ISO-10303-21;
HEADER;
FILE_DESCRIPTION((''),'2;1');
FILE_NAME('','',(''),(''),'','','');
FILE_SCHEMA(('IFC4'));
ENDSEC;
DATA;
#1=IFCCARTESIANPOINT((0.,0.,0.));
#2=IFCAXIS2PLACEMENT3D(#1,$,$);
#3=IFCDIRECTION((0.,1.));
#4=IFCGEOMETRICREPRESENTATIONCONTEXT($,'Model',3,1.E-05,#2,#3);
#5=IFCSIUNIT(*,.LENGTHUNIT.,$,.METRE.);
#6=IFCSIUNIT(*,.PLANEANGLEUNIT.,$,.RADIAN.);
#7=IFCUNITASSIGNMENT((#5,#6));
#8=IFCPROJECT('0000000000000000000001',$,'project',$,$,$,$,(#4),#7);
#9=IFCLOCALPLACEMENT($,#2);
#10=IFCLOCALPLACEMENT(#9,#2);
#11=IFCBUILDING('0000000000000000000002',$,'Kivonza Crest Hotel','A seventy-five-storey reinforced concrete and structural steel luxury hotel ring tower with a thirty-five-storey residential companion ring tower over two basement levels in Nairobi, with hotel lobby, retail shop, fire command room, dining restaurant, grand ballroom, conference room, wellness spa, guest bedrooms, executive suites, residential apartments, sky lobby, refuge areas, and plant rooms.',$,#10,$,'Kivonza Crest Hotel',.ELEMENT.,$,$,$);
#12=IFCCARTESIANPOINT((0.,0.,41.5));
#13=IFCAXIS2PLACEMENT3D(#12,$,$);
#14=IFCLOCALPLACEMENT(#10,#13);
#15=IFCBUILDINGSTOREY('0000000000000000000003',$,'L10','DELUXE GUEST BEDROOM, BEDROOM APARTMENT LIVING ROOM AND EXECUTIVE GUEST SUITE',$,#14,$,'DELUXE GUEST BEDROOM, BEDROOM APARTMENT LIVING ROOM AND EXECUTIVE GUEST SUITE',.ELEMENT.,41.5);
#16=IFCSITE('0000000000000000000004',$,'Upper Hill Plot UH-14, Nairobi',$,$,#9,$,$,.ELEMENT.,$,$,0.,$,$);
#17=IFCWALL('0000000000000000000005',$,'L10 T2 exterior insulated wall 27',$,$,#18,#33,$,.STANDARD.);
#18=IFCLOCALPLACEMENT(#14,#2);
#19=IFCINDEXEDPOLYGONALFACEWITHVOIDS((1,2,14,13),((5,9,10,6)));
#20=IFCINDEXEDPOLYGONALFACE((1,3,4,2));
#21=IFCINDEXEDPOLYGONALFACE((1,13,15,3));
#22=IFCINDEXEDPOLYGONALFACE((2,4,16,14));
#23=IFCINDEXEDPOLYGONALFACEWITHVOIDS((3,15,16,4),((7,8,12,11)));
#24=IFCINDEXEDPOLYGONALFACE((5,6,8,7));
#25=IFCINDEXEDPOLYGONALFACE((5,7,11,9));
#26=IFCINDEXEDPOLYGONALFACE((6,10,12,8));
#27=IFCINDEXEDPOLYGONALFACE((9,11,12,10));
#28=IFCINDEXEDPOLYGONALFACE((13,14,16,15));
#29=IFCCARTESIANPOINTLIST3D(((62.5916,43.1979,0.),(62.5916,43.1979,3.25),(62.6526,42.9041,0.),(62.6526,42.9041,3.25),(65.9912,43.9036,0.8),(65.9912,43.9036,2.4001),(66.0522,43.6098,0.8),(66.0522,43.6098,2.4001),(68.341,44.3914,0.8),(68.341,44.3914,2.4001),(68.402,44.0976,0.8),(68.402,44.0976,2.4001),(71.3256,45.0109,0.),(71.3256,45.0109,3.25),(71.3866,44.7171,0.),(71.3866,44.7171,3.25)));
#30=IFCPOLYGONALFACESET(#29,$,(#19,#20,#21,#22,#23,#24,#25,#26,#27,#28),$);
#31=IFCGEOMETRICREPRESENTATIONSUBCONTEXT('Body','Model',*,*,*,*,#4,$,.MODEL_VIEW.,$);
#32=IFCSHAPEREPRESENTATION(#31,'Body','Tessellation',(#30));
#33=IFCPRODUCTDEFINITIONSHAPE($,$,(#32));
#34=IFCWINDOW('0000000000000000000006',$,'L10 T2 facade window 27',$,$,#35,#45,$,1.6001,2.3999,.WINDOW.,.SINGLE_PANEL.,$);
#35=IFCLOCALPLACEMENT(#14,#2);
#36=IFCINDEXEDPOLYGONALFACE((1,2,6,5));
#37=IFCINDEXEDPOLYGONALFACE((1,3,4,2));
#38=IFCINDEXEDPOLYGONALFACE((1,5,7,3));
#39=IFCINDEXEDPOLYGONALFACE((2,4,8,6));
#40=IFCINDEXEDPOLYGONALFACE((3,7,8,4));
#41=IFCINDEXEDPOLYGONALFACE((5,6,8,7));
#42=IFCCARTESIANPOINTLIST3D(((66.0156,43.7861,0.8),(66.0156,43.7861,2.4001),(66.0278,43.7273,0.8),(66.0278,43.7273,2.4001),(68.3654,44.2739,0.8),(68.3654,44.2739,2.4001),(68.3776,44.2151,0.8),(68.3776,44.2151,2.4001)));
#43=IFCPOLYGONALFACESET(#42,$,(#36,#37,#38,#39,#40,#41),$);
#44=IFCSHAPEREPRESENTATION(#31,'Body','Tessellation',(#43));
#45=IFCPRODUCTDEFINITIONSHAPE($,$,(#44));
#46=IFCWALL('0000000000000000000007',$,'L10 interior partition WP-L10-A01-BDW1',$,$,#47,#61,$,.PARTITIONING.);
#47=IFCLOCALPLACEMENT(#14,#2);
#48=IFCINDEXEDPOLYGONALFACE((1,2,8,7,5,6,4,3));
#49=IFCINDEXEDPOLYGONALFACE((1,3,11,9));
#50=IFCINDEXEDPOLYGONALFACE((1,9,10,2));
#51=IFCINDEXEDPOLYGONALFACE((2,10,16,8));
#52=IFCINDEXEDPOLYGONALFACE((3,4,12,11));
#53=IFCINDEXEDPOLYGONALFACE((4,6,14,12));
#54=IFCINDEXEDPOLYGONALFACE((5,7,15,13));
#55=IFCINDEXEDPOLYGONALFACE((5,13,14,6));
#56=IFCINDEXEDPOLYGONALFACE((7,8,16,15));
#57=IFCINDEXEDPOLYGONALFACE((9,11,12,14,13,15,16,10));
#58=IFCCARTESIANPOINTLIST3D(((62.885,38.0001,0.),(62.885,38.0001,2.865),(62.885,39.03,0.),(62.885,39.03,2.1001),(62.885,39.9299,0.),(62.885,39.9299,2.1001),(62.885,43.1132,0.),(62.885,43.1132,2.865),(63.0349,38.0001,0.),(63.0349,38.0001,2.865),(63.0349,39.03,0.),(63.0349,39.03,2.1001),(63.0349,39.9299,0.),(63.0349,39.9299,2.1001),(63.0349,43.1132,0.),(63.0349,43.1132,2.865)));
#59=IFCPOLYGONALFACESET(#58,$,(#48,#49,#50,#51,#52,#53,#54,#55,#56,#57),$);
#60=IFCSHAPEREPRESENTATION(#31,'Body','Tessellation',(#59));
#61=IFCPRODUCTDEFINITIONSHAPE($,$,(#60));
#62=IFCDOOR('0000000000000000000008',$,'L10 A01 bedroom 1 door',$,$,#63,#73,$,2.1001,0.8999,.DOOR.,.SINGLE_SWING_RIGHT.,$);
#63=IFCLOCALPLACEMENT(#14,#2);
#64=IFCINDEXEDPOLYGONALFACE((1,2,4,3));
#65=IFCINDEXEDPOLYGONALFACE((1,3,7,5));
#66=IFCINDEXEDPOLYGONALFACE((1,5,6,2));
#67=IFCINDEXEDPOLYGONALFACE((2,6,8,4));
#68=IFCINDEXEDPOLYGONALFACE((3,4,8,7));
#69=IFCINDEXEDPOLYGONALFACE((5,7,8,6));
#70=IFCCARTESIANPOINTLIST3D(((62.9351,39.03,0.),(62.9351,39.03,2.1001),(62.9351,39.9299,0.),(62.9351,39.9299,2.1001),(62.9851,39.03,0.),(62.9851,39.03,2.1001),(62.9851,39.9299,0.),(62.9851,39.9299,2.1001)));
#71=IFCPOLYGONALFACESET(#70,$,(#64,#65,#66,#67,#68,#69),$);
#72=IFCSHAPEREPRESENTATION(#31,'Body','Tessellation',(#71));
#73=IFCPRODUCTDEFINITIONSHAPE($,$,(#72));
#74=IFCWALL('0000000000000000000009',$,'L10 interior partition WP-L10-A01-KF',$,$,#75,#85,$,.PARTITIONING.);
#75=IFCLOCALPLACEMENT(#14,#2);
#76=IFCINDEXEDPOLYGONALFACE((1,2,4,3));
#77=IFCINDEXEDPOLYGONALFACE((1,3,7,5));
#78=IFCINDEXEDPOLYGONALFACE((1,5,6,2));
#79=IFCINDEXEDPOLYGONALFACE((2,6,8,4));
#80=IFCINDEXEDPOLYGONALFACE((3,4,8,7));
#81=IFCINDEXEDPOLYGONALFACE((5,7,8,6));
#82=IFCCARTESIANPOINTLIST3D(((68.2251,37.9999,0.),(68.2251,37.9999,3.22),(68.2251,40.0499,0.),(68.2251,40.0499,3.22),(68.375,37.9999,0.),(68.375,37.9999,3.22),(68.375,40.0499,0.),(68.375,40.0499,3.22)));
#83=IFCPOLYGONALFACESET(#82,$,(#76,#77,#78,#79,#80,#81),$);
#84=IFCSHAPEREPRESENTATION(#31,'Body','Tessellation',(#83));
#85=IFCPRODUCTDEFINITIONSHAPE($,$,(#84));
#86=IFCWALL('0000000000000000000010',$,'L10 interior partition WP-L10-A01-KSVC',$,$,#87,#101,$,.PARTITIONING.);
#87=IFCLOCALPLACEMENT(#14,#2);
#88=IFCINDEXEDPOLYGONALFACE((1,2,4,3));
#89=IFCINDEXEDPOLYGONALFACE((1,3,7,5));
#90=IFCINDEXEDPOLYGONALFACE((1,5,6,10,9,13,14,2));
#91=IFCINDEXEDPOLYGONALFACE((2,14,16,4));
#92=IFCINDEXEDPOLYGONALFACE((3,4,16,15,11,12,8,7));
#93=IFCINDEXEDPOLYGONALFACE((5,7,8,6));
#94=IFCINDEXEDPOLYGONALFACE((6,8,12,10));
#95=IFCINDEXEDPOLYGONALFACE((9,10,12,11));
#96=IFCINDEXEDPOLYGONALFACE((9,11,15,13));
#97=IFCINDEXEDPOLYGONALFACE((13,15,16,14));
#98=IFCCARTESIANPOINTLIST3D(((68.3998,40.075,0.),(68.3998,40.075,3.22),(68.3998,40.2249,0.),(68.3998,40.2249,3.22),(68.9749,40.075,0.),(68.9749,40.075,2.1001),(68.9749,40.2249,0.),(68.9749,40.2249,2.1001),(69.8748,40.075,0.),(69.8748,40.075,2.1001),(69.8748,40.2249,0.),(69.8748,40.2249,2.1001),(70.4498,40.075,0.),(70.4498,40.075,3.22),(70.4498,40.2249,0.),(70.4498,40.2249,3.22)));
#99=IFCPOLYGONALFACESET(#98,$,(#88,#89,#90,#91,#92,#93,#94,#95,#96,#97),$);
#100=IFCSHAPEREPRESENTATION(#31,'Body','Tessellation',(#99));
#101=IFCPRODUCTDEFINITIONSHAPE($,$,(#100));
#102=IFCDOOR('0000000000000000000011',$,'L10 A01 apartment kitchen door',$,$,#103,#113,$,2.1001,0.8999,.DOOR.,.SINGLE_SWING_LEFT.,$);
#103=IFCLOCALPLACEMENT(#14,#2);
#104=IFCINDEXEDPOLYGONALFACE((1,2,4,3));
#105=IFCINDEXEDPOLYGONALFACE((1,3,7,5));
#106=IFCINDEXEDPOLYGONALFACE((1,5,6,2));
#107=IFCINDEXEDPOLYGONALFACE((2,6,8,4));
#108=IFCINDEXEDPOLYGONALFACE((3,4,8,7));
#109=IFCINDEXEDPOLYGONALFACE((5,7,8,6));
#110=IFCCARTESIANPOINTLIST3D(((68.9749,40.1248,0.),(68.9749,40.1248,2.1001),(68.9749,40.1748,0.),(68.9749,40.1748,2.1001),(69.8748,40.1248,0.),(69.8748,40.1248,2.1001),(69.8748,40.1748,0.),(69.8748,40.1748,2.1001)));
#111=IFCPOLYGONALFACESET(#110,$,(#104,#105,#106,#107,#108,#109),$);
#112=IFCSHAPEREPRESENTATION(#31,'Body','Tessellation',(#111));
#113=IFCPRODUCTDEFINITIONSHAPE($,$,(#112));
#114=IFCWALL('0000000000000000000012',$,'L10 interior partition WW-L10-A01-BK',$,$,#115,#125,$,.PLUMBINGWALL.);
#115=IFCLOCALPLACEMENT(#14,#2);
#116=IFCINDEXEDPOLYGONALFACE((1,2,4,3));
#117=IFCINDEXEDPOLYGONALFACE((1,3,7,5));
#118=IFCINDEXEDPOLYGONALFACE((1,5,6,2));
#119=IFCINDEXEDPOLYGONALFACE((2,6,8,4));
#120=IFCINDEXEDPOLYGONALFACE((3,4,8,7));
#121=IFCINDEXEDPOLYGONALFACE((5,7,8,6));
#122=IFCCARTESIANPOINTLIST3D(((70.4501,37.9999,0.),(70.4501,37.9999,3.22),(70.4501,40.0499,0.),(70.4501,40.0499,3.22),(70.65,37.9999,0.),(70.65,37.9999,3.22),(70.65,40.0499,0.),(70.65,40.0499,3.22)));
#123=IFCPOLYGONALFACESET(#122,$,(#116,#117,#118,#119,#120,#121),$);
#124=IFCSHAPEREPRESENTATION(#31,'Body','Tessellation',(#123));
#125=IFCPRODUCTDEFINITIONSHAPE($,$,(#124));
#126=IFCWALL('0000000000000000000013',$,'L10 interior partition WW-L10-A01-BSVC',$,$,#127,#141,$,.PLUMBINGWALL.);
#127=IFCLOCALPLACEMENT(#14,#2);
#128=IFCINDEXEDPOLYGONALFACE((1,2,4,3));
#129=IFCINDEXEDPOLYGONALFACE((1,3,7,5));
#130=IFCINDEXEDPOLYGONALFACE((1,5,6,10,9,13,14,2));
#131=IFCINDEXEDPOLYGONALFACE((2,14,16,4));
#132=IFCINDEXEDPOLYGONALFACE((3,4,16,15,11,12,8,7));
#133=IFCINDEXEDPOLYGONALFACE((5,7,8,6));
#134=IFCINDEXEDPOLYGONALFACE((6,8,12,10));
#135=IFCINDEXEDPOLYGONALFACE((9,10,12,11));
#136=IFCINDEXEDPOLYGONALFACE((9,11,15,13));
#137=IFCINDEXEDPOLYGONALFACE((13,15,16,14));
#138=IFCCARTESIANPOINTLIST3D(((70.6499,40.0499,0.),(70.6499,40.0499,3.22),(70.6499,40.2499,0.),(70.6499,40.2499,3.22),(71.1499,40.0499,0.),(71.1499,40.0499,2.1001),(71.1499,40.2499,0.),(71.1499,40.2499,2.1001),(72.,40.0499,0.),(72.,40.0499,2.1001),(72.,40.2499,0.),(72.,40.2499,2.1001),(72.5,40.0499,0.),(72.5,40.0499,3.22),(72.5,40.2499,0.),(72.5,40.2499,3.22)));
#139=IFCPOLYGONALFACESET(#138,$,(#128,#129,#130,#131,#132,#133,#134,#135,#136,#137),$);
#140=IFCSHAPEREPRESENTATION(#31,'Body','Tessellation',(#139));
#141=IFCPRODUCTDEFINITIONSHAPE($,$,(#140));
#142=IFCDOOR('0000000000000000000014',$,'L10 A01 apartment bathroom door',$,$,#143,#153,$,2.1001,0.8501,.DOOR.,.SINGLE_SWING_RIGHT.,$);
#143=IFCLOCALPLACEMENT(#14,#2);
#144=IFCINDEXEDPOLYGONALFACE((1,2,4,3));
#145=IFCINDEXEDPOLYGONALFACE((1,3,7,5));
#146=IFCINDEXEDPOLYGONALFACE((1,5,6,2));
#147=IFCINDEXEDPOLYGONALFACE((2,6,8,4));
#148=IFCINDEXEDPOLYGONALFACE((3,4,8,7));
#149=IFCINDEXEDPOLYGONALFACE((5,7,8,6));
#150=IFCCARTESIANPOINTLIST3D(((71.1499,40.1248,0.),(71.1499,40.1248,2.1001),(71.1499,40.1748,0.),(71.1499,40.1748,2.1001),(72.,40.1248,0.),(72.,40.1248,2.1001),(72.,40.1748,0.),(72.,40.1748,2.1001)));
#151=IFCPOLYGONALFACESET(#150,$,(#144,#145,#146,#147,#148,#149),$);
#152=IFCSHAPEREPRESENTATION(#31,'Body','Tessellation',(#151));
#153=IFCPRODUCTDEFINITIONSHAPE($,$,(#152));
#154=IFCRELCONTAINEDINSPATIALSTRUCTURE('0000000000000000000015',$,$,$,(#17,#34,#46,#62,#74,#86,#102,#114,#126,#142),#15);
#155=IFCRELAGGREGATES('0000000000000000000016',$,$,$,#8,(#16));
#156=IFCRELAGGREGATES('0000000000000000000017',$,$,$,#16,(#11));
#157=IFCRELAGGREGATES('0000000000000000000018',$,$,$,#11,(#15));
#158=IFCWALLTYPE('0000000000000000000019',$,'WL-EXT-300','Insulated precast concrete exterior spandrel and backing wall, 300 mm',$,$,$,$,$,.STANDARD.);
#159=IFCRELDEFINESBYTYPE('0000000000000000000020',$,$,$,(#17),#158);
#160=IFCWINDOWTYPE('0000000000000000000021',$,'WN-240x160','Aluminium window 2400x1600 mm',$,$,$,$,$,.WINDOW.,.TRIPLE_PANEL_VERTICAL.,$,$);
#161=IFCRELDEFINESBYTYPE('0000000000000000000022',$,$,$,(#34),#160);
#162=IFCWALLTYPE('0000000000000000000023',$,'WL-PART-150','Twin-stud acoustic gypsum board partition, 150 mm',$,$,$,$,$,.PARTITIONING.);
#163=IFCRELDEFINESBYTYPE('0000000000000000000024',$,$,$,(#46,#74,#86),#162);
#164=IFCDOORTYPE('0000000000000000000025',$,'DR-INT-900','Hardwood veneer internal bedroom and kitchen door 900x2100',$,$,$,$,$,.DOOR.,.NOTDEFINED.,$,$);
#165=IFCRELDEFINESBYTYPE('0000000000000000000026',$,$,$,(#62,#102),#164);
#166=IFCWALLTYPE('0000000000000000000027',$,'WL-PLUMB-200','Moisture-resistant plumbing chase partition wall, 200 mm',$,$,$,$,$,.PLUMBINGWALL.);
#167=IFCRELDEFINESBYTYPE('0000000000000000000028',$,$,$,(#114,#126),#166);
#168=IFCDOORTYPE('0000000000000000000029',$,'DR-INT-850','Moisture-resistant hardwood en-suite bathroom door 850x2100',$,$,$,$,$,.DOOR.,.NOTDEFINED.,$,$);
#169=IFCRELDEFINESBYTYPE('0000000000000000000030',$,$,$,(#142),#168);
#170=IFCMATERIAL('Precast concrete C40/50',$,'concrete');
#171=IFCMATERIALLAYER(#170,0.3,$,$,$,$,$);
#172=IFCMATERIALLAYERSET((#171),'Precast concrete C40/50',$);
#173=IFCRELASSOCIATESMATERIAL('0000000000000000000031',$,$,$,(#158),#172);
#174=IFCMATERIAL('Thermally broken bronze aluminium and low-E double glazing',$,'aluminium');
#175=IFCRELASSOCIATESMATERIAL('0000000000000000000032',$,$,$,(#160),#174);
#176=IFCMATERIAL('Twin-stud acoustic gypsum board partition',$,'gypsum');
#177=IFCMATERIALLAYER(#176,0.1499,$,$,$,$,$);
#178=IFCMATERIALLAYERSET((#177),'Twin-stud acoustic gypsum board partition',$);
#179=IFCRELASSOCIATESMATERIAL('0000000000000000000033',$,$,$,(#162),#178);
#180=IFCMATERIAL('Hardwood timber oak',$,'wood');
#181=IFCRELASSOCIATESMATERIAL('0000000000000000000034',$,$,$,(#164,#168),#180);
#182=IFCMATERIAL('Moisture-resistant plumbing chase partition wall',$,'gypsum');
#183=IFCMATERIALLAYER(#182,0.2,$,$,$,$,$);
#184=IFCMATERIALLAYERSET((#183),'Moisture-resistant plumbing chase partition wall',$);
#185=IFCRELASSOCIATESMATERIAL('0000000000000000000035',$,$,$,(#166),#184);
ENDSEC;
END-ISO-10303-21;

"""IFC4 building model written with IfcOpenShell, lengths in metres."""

from ifc_helpers import new_model, si_unit, direction, frame, frame_2d, origin, place, context, subcontext, project, spatial, rectangle, extrude, material, layer, layer_set, type_object, element, fill, save


model = new_model("IFC4")

# Units and contexts
model_context = context("Model", 3, precision=1e-05, world=origin(), true_north=direction((0.0, 1.0)))
body_context = subcontext(model_context, "Body", "Model", "MODEL_VIEW")
ifc_project = project(units=[si_unit("LENGTHUNIT", "METRE"), si_unit("PLANEANGLEUNIT", "RADIAN")], contexts=[model_context])

# Site, building, storey
site_placement = place(None, origin())
site = spatial("IfcSite", under=ifc_project, at=site_placement, Name="Upper Hill Plot UH-14, Nairobi", CompositionType="ELEMENT", RefElevation=0.0)
building_placement = place(site_placement, origin())
building = spatial("IfcBuilding", under=site, at=building_placement, Name="Kivonza Crest Hotel", Description="A seventy-five-storey reinforced concrete and structural steel luxury hotel ring tower with a thirty-five-storey residential companion ring tower over two basement levels in Nairobi, with hotel lobby, retail shop, fire command room, dining restaurant, grand ballroom, conference room, wellness spa, guest bedrooms, executive suites, residential apartments, sky lobby, refuge areas, and plant rooms.", LongName="Kivonza Crest Hotel", CompositionType="ELEMENT")
storey_placement = place(building_placement, frame((0.0, 0.0, 41.5)))
storey = spatial("IfcBuildingStorey", under=building, at=storey_placement, Name="L10", Description="DELUXE GUEST BEDROOM, BEDROOM APARTMENT LIVING ROOM AND EXECUTIVE GUEST SUITE", LongName="DELUXE GUEST BEDROOM, BEDROOM APARTMENT LIVING ROOM AND EXECUTIVE GUEST SUITE", CompositionType="ELEMENT", Elevation=41.5)

# Shared definitions
ifc_material_1 = material(Name="Hardwood timber oak", Category="wood")

# Wall, opening, window
ifc_material_2 = material(Name="Precast concrete C40/50", Category="concrete")
ifc_layer_1 = layer(ifc_material_2, 0.3)
ifc_layer_set_1 = layer_set([ifc_layer_1], Name="Precast concrete C40/50")
wall_type_1 = type_object("IfcWallType", Name="WL-EXT-300", Description="Insulated precast concrete exterior spandrel and backing wall, 300 mm", PredefinedType="STANDARD", material=ifc_layer_set_1)
wall_1_placement = place(storey_placement, frame((71.356, 44.864, 0.0), z_axis=(0.0, 0.0, 1.0), x_axis=(-0.979127, -0.203248, 0.0)))
wall_1 = element("IfcWall", 1, at=wall_1_placement, inside=storey, type_object=wall_type_1, Name="L10 T2 exterior insulated wall 27", PredefinedType="STANDARD", context=body_context, shape_type="SweptSolid", body=[
    extrude(rectangle(XDim=8.9202, YDim=0.3, at=frame_2d((4.46, 0.0))), origin(), (0.0, 0.0, 1.0), 3.25),
])
opening_1_placement = place(wall_1_placement, frame((3.0481, 0.0, 0.8)))
opening_1 = element("IfcOpeningElement", 2, at=opening_1_placement, cuts=wall_1, PredefinedType="OPENING", context=body_context, shape_type="SweptSolid", body=[
    extrude(rectangle(XDim=2.3999, YDim=1.6001, at=frame_2d((1.2, 0.8))), frame((0.0, 0.1602, 0.0), z_axis=(0.0, -1.0, 0.0), x_axis=(1.0, 0.0, 0.0)), (0.0, 0.0, 1.0), 0.3201),
])
ifc_material_3 = material(Name="Thermally broken bronze aluminium and low-E double glazing", Category="aluminium")
window_type = type_object("IfcWindowType", Name="WN-240x160", Description="Aluminium window 2400x1600 mm", PartitioningType="TRIPLE_PANEL_VERTICAL", PredefinedType="WINDOW", material=ifc_material_3)
window_placement = place(opening_1_placement, origin())
window = element("IfcWindow", 3, at=window_placement, inside=storey, type_object=window_type, Name="L10 T2 facade window 27", OverallHeight=1.6001, OverallWidth=2.3999, PartitioningType="SINGLE_PANEL", PredefinedType="WINDOW", context=body_context, shape_type="SweptSolid", body=[
    extrude(rectangle(XDim=2.3999, YDim=1.6001, at=frame_2d((1.2, 0.8))), frame((0.0, 0.03, 0.0), z_axis=(0.0, -1.0, 0.0), x_axis=(1.0, 0.0, 0.0)), (0.0, 0.0, 1.0), 0.0601),
])
fill(opening_1, window)

# Wall, opening, door
ifc_material_4 = material(Name="Twin-stud acoustic gypsum board partition", Category="gypsum")
ifc_layer_2 = layer(ifc_material_4, 0.1499)
ifc_layer_set_2 = layer_set([ifc_layer_2], Name="Twin-stud acoustic gypsum board partition")
wall_type_2 = type_object("IfcWallType", Name="WL-PART-150", Description="Twin-stud acoustic gypsum board partition, 150 mm", PredefinedType="PARTITIONING", material=ifc_layer_set_2)
wall_2_placement = place(storey_placement, frame((62.96, 38.0, 0.0), z_axis=(0.0, 0.0, 1.0), x_axis=(0.0, 1.0, 0.0)))
wall_2 = element("IfcWall", 4, at=wall_2_placement, inside=storey, type_object=wall_type_2, Name="L10 interior partition WP-L10-A01-BDW1", PredefinedType="PARTITIONING", context=body_context, shape_type="SweptSolid", body=[
    extrude(rectangle(XDim=5.113, YDim=0.1499, at=frame_2d((2.5566, 0.0))), origin(), (0.0, 0.0, 1.0), 2.865),
])
opening_2_placement = place(wall_2_placement, frame((1.03, 0.0, 0.0)))
opening_2 = element("IfcOpeningElement", 5, at=opening_2_placement, cuts=wall_2, PredefinedType="OPENING", context=body_context, shape_type="SweptSolid", body=[
    extrude(rectangle(XDim=0.8999, YDim=2.1001, at=frame_2d((0.45, 1.05))), frame((0.0, 0.085, 0.0), z_axis=(0.0, -1.0, 0.0), x_axis=(1.0, 0.0, 0.0)), (0.0, 0.0, 1.0), 0.1699),
])
door_type_1 = type_object("IfcDoorType", Name="DR-INT-900", Description="Hardwood veneer internal bedroom and kitchen door 900x2100", OperationType="NOTDEFINED", PredefinedType="DOOR", material=ifc_material_1)
door_1_placement = place(opening_2_placement, origin())
door_1 = element("IfcDoor", 6, at=door_1_placement, inside=storey, type_object=door_type_1, Name="L10 A01 bedroom 1 door", OperationType="SINGLE_SWING_RIGHT", OverallHeight=2.1001, OverallWidth=0.8999, PredefinedType="DOOR", context=body_context, shape_type="SweptSolid", body=[
    extrude(rectangle(XDim=0.8999, YDim=2.1001, at=frame_2d((0.45, 1.05))), frame((0.0, 0.0249, 0.0), z_axis=(0.0, -1.0, 0.0), x_axis=(1.0, 0.0, 0.0)), (0.0, 0.0, 1.0), 0.05),
])
fill(opening_2, door_1)

# Wall
wall_3_placement = place(storey_placement, frame((68.3, 38.0, 0.0), z_axis=(0.0, 0.0, 1.0), x_axis=(0.0, 1.0, 0.0)))
element("IfcWall", 7, at=wall_3_placement, inside=storey, type_object=wall_type_2, Name="L10 interior partition WP-L10-A01-KF", PredefinedType="PARTITIONING", context=body_context, shape_type="SweptSolid", body=[
    extrude(rectangle(XDim=2.05, YDim=0.1499, at=frame_2d((1.0249, 0.0))), origin(), (0.0, 0.0, 1.0), 3.22),
])

# Wall, opening, door
wall_4_placement = place(storey_placement, frame((68.3999, 40.1499, 0.0), z_axis=(0.0, 0.0, 1.0), x_axis=(1.0, 0.0, 0.0)))
wall_4 = element("IfcWall", 8, at=wall_4_placement, inside=storey, type_object=wall_type_2, Name="L10 interior partition WP-L10-A01-KSVC", PredefinedType="PARTITIONING", context=body_context, shape_type="SweptSolid", body=[
    extrude(rectangle(XDim=2.05, YDim=0.1499, at=frame_2d((1.0249, 0.0))), origin(), (0.0, 0.0, 1.0), 3.22),
])
opening_3_placement = place(wall_4_placement, frame((0.575, 0.0, 0.0)))
opening_3 = element("IfcOpeningElement", 9, at=opening_3_placement, cuts=wall_4, PredefinedType="OPENING", context=body_context, shape_type="SweptSolid", body=[
    extrude(rectangle(XDim=0.8999, YDim=2.1001, at=frame_2d((0.45, 1.05))), frame((0.0, 0.085, 0.0), z_axis=(0.0, -1.0, 0.0), x_axis=(1.0, 0.0, 0.0)), (0.0, 0.0, 1.0), 0.1699),
])
door_2_placement = place(opening_3_placement, origin())
door_2 = element("IfcDoor", 10, at=door_2_placement, inside=storey, type_object=door_type_1, Name="L10 A01 apartment kitchen door", OperationType="SINGLE_SWING_LEFT", OverallHeight=2.1001, OverallWidth=0.8999, PredefinedType="DOOR", context=body_context, shape_type="SweptSolid", body=[
    extrude(rectangle(XDim=0.8999, YDim=2.1001, at=frame_2d((0.45, 1.05))), frame((0.0, 0.0249, 0.0), z_axis=(0.0, -1.0, 0.0), x_axis=(1.0, 0.0, 0.0)), (0.0, 0.0, 1.0), 0.05),
])
fill(opening_3, door_2)

# Wall
ifc_material_5 = material(Name="Moisture-resistant plumbing chase partition wall", Category="gypsum")
ifc_layer_3 = layer(ifc_material_5, 0.2)
ifc_layer_set_3 = layer_set([ifc_layer_3], Name="Moisture-resistant plumbing chase partition wall")
wall_type_3 = type_object("IfcWallType", Name="WL-PLUMB-200", Description="Moisture-resistant plumbing chase partition wall, 200 mm", PredefinedType="PLUMBINGWALL", material=ifc_layer_set_3)
wall_5_placement = place(storey_placement, frame((70.55, 38.0, 0.0), z_axis=(0.0, 0.0, 1.0), x_axis=(0.0, 1.0, 0.0)))
element("IfcWall", 11, at=wall_5_placement, inside=storey, type_object=wall_type_3, Name="L10 interior partition WW-L10-A01-BK", PredefinedType="PLUMBINGWALL", context=body_context, shape_type="SweptSolid", body=[
    extrude(rectangle(XDim=2.05, YDim=0.2, at=frame_2d((1.0249, 0.0))), origin(), (0.0, 0.0, 1.0), 3.22),
])

# Wall, opening, door
wall_6_placement = place(storey_placement, frame((70.6499, 40.1499, 0.0), z_axis=(0.0, 0.0, 1.0), x_axis=(1.0, 0.0, 0.0)))
wall_6 = element("IfcWall", 12, at=wall_6_placement, inside=storey, type_object=wall_type_3, Name="L10 interior partition WW-L10-A01-BSVC", PredefinedType="PLUMBINGWALL", context=body_context, shape_type="SweptSolid", body=[
    extrude(rectangle(XDim=1.8501, YDim=0.2, at=frame_2d((0.925, 0.0))), origin(), (0.0, 0.0, 1.0), 3.22),
])
opening_4_placement = place(wall_6_placement, frame((0.5, 0.0, 0.0)))
opening_4 = element("IfcOpeningElement", 13, at=opening_4_placement, cuts=wall_6, PredefinedType="OPENING", context=body_context, shape_type="SweptSolid", body=[
    extrude(rectangle(XDim=0.8501, YDim=2.1001, at=frame_2d((0.425, 1.05))), frame((0.0, 0.1099, 0.0), z_axis=(0.0, -1.0, 0.0), x_axis=(1.0, 0.0, 0.0)), (0.0, 0.0, 1.0), 0.22),
])
door_type_2 = type_object("IfcDoorType", Name="DR-INT-850", Description="Moisture-resistant hardwood en-suite bathroom door 850x2100", OperationType="NOTDEFINED", PredefinedType="DOOR", material=ifc_material_1)
door_3_placement = place(opening_4_placement, origin())
door_3 = element("IfcDoor", 14, at=door_3_placement, inside=storey, type_object=door_type_2, Name="L10 A01 apartment bathroom door", OperationType="SINGLE_SWING_RIGHT", OverallHeight=2.1001, OverallWidth=0.8501, PredefinedType="DOOR", context=body_context, shape_type="SweptSolid", body=[
    extrude(rectangle(XDim=0.8501, YDim=2.1001, at=frame_2d((0.425, 1.05))), frame((0.0, 0.0249, 0.0), z_axis=(0.0, -1.0, 0.0), x_axis=(1.0, 0.0, 0.0)), (0.0, 0.0, 1.0), 0.05),
])
fill(opening_4, door_3)

save(model, "model.ifc")
